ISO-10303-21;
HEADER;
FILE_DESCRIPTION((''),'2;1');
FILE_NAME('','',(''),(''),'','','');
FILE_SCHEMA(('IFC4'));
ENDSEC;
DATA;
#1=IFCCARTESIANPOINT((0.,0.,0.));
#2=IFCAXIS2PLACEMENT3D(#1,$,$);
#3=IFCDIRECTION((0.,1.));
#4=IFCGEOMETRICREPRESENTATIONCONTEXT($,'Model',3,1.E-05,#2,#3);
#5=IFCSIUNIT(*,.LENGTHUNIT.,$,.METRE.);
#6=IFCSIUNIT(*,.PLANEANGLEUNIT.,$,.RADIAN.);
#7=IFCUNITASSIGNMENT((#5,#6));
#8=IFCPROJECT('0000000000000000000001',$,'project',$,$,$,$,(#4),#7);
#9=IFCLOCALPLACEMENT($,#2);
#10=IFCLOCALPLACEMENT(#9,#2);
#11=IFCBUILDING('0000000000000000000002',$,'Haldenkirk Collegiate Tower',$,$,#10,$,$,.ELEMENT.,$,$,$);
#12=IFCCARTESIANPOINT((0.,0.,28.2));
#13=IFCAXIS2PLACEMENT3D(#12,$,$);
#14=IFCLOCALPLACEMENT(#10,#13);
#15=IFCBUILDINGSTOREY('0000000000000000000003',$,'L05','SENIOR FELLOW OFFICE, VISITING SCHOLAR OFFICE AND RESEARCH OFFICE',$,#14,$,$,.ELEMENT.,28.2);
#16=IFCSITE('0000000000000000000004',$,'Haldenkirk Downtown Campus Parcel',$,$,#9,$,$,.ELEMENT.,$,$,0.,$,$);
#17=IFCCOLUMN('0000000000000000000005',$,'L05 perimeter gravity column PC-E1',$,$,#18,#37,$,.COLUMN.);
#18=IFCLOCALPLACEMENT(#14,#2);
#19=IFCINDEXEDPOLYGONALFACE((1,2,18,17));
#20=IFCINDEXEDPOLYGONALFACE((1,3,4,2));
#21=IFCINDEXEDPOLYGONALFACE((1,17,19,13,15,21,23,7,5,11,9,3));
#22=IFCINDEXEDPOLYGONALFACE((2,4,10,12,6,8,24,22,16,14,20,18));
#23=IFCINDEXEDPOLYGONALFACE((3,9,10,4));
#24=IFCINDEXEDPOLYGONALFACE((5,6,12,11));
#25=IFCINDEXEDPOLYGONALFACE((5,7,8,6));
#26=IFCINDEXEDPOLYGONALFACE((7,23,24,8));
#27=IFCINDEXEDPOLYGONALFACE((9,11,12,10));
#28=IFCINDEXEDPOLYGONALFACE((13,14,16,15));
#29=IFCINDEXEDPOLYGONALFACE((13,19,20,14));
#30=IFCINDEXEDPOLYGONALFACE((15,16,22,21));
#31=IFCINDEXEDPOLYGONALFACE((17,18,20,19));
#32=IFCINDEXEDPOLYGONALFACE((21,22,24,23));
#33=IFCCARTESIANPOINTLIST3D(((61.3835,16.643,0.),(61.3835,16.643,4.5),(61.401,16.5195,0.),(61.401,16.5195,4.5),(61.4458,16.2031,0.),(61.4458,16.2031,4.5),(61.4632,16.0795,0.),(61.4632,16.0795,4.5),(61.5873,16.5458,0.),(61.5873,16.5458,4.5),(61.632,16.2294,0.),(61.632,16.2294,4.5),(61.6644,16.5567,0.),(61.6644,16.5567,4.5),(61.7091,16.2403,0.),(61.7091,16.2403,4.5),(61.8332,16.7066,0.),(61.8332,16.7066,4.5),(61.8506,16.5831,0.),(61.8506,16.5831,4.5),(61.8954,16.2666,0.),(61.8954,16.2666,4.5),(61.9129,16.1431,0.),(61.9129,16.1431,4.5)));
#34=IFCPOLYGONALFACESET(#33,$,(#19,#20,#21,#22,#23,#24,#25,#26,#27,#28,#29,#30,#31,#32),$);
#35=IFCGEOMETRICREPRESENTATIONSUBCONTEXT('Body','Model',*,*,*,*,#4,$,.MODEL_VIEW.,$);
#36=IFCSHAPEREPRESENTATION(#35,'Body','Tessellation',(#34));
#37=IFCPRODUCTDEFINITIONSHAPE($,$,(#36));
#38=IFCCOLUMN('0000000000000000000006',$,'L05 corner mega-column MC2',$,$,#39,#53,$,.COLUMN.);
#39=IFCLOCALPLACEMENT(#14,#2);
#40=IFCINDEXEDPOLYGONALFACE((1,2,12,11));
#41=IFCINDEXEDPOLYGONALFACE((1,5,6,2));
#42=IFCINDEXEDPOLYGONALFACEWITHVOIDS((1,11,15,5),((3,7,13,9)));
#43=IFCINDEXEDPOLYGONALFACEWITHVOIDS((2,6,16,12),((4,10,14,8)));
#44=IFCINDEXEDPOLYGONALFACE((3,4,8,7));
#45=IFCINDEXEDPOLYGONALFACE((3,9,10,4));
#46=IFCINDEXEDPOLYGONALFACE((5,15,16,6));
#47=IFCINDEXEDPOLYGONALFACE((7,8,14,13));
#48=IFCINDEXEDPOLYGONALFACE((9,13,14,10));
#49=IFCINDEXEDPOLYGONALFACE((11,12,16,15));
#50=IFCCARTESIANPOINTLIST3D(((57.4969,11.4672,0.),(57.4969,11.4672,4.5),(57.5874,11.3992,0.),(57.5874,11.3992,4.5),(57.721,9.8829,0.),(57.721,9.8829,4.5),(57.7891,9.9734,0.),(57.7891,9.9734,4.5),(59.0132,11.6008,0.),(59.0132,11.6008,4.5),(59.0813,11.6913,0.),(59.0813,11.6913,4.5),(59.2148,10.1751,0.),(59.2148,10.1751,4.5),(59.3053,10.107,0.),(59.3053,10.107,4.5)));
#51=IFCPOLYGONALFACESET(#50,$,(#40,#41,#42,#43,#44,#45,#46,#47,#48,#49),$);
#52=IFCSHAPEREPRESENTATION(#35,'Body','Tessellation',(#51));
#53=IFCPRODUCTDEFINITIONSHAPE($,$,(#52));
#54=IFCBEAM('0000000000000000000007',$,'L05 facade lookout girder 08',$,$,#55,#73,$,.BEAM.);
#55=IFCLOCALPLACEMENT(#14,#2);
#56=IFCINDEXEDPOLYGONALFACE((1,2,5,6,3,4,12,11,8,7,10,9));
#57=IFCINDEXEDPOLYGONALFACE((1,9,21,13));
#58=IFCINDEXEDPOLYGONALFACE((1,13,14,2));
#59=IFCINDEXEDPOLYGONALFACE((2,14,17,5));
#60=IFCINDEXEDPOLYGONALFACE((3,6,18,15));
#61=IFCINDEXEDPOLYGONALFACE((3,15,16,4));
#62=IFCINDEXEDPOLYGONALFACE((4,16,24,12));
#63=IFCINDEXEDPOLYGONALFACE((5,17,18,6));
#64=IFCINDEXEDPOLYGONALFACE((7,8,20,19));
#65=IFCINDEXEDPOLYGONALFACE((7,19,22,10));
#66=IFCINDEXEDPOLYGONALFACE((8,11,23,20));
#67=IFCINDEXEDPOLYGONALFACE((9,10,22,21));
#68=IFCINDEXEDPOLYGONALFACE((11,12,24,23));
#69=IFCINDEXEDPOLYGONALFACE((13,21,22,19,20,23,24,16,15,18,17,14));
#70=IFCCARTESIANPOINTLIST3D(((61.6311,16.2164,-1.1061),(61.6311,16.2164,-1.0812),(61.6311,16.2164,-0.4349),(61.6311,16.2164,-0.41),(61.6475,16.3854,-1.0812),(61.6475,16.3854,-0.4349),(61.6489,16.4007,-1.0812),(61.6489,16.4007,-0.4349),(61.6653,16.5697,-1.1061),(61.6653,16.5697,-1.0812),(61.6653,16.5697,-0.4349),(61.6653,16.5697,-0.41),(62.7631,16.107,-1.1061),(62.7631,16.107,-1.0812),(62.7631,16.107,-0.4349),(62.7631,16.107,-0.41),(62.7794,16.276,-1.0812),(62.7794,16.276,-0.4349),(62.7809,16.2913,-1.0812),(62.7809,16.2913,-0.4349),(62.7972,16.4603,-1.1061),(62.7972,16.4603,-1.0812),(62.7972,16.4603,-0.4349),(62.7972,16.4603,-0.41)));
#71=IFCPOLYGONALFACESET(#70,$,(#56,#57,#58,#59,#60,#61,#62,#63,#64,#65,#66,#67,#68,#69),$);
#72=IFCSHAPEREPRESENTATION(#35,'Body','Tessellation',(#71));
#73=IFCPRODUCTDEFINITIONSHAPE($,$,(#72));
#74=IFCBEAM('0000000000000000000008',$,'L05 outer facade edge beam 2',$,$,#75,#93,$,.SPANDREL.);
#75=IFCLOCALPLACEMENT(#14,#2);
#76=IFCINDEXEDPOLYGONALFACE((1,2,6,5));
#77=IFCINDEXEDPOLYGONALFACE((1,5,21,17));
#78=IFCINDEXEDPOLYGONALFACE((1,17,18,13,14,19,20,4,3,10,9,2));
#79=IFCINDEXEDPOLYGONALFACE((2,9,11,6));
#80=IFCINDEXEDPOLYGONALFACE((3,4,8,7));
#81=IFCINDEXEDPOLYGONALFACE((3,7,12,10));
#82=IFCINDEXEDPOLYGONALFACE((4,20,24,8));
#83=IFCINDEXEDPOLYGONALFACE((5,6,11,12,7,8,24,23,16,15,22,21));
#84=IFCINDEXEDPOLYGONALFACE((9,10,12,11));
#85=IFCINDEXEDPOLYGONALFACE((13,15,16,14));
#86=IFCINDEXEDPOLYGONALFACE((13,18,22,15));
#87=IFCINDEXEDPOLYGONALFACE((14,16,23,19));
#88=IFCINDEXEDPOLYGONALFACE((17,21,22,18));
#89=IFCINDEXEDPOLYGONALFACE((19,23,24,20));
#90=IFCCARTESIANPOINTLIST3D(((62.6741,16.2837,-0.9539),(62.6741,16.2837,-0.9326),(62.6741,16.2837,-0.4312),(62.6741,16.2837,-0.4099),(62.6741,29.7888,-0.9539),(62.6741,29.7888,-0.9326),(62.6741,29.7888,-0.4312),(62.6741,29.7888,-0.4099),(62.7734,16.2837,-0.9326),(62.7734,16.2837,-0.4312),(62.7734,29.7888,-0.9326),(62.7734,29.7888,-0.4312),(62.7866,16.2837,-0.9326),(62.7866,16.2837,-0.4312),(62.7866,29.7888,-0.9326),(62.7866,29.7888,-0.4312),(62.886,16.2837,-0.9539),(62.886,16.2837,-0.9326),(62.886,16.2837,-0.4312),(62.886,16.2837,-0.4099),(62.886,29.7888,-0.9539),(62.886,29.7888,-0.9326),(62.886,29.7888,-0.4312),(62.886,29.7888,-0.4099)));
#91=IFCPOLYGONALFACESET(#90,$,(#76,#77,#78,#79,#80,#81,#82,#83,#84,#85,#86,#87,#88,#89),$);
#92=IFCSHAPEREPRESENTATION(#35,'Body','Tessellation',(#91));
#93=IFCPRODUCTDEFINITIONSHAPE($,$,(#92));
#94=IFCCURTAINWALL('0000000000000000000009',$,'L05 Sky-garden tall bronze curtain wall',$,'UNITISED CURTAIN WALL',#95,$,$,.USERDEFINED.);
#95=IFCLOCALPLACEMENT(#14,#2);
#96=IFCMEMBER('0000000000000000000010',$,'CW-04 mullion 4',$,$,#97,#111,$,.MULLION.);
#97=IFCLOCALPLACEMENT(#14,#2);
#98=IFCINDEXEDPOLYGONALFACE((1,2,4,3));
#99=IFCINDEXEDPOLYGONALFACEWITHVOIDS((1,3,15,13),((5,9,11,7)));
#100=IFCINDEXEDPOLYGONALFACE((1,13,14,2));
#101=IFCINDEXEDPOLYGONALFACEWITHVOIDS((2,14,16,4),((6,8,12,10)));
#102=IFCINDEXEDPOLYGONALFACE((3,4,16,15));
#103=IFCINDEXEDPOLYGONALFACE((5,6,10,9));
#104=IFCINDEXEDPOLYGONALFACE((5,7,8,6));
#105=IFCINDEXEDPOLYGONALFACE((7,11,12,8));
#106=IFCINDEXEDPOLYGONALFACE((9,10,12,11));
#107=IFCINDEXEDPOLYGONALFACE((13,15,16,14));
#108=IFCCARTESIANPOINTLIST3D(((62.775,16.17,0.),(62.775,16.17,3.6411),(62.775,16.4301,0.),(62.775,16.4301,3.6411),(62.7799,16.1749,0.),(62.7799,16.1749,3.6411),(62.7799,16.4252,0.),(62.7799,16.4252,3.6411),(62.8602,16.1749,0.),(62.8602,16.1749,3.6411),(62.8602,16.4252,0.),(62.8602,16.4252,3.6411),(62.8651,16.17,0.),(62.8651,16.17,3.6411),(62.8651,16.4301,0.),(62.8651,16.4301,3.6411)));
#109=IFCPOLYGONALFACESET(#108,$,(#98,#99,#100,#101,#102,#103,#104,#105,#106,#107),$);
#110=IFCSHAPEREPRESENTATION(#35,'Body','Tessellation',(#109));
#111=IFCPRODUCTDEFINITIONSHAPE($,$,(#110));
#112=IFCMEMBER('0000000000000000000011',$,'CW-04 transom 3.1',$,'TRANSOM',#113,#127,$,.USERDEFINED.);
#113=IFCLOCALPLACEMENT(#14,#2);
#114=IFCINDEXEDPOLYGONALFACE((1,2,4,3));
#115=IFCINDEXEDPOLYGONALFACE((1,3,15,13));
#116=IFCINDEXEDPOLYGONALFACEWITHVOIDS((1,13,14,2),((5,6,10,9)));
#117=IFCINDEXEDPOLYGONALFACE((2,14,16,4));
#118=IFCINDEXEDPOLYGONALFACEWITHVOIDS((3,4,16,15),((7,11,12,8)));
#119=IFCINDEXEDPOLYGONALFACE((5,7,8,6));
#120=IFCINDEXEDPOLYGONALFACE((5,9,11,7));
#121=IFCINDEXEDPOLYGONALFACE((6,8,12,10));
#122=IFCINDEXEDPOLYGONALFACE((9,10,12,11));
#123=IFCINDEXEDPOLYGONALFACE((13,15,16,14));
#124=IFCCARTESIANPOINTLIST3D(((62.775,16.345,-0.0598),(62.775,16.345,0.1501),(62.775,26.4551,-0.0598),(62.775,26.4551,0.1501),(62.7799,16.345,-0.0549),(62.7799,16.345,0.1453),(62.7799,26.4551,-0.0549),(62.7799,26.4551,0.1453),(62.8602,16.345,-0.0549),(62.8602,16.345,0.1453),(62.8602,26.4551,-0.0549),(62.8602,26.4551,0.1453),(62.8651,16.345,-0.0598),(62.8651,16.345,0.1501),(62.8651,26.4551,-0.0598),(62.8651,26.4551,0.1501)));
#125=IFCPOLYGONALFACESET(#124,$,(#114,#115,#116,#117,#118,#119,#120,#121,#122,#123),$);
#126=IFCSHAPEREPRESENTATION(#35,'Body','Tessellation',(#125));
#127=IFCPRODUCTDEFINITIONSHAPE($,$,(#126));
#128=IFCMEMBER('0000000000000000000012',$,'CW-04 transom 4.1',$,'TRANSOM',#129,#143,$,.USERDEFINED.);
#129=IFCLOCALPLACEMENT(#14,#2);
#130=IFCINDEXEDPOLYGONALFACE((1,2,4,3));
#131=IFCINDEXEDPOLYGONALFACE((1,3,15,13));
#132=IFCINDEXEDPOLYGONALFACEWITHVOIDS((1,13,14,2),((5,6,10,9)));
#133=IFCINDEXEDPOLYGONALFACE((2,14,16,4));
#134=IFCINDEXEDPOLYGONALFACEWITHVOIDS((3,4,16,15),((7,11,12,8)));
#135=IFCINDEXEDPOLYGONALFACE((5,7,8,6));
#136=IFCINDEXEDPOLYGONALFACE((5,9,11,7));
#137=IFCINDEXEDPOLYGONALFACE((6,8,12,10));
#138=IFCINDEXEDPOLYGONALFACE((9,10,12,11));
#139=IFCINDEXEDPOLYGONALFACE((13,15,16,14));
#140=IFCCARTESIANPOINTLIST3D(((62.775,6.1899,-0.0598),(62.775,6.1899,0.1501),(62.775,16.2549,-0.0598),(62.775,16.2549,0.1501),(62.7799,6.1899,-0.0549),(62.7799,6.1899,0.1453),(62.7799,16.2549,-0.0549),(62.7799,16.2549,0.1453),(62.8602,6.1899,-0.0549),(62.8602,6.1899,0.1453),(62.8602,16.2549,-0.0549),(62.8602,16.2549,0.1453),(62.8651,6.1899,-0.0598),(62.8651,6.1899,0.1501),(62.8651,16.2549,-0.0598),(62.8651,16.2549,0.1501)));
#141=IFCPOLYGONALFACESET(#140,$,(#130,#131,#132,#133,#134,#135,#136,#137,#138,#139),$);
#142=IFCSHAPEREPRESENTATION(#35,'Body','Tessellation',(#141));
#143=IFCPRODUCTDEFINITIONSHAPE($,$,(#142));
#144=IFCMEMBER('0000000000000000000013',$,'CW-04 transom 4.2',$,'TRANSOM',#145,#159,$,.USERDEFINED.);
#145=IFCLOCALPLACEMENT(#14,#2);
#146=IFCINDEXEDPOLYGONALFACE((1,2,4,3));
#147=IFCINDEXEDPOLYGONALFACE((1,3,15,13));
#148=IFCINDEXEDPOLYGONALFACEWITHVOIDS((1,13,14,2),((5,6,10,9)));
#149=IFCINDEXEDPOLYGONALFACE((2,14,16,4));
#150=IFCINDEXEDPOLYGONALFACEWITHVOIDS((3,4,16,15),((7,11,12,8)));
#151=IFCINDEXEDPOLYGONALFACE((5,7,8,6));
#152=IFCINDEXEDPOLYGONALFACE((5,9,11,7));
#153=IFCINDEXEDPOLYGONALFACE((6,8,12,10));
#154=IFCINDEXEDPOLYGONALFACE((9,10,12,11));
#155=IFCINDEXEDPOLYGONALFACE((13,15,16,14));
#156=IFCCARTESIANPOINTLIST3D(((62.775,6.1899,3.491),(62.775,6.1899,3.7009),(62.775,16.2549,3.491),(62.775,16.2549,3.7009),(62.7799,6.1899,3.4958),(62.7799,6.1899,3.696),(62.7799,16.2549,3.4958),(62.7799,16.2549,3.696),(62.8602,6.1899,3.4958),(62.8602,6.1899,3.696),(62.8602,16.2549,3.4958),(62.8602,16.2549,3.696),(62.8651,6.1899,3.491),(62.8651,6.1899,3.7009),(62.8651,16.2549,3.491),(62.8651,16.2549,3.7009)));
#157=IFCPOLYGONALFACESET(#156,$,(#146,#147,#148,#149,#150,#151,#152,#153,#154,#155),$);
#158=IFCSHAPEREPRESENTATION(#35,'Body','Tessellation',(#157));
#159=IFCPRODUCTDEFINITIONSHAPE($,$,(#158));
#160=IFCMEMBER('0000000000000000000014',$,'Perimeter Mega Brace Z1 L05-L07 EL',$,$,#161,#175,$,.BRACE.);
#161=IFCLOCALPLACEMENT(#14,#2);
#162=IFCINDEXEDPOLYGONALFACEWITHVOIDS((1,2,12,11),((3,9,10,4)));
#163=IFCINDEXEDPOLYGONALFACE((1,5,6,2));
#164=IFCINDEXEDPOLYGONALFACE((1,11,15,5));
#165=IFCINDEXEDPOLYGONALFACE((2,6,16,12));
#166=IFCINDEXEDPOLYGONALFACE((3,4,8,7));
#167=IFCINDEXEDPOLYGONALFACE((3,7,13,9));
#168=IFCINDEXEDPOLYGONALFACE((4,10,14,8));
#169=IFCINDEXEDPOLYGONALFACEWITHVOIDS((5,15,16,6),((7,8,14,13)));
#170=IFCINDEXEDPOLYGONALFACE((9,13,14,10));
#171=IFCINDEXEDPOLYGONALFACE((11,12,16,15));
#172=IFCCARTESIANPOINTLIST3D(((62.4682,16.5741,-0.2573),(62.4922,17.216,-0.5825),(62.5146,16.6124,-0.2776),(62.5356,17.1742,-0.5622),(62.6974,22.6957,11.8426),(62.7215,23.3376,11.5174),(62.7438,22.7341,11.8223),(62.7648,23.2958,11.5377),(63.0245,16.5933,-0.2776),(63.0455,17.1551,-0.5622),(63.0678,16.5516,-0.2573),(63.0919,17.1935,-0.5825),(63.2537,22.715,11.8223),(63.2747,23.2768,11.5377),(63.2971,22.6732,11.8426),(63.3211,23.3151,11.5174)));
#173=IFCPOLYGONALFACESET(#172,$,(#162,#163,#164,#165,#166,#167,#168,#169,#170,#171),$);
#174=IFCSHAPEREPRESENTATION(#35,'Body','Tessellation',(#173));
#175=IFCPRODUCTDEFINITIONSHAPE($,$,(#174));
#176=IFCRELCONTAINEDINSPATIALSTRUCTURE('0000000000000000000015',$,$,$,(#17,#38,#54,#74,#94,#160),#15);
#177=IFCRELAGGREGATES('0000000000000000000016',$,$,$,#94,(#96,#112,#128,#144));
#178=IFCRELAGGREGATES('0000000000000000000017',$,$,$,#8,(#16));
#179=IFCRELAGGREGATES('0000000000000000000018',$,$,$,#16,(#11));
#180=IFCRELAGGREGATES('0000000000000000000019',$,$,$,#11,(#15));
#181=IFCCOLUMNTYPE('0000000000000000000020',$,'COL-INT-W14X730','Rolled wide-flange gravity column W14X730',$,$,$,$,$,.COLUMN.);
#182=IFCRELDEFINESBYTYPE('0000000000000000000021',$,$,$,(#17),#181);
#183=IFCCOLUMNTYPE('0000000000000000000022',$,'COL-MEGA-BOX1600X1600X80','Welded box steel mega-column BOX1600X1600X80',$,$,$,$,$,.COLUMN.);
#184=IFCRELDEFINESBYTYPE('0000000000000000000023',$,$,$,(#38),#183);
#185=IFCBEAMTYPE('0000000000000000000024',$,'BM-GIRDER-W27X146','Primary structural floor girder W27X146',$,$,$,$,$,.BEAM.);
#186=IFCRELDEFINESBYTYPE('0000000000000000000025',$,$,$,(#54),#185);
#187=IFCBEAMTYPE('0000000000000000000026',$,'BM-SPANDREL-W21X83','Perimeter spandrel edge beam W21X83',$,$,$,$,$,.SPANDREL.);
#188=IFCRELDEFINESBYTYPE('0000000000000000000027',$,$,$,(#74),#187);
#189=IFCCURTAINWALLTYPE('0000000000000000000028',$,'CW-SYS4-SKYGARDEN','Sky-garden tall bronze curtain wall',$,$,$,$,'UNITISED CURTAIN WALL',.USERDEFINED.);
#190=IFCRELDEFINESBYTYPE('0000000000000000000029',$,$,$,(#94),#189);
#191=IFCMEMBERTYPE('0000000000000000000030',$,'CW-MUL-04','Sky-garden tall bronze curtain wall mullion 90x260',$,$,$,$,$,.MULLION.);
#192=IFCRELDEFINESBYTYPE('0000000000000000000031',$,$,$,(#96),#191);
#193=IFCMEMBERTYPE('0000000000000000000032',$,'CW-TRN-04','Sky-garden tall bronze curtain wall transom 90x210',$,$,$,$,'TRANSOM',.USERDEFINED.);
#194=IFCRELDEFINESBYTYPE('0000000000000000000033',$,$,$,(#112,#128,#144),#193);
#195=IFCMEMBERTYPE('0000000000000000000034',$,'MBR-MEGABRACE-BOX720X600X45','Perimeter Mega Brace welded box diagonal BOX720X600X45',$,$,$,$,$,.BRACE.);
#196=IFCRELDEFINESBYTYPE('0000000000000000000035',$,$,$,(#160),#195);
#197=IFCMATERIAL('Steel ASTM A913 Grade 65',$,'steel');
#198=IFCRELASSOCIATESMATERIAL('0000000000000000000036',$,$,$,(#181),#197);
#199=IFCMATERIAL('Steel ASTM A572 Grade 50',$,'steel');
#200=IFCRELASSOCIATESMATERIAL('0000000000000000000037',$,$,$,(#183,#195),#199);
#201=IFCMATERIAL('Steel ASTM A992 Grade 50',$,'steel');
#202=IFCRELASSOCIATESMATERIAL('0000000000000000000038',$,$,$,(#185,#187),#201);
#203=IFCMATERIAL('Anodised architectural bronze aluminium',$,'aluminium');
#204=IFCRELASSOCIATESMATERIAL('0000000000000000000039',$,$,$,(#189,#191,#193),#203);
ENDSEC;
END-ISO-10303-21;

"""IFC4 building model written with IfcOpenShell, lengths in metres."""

from ifc_helpers import new_model, si_unit, direction, frame, origin, origin_2d, place, context, subcontext, project, spatial, hollow_rectangle, i_section, extrude, material, material_profile, profile_set, type_object, element, aggregate, save


model = new_model("IFC4")

# Units and contexts
model_context = context("Model", 3, precision=1e-05, world=origin(), true_north=direction((0.0, 1.0)))
body_context = subcontext(model_context, "Body", "Model", "MODEL_VIEW")
ifc_project = project(units=[si_unit("LENGTHUNIT", "METRE"), si_unit("PLANEANGLEUNIT", "RADIAN")], contexts=[model_context])

# Site, building, storey
site_placement = place(None, origin())
site = spatial("IfcSite", under=ifc_project, at=site_placement, Name="Haldenkirk Downtown Campus Parcel", CompositionType="ELEMENT", RefElevation=0.0)
building_placement = place(site_placement, origin())
building = spatial("IfcBuilding", under=site, at=building_placement, Name="Haldenkirk Collegiate Tower", CompositionType="ELEMENT")
storey_placement = place(building_placement, frame((0.0, 0.0, 28.2)))
storey = spatial("IfcBuildingStorey", under=building, at=storey_placement, Name="L05", Description="SENIOR FELLOW OFFICE, VISITING SCHOLAR OFFICE AND RESEARCH OFFICE", CompositionType="ELEMENT", Elevation=28.2)

# Columns
ifc_material_1 = material(Name="Steel ASTM A913 Grade 65", Category="steel")
ifc_material_profile_1 = material_profile(ifc_material_1, i_section(OverallWidth=0.4541, OverallDepth=0.5691, WebThickness=0.0779, FlangeThickness=0.1248, at=origin_2d()), Name="W14X730")
ifc_profile_set_1 = profile_set([ifc_material_profile_1], Name="Steel ASTM A913 Grade 65")
column_type_1 = type_object("IfcColumnType", Name="COL-INT-W14X730", Description="Rolled wide-flange gravity column W14X730", PredefinedType="COLUMN", material=ifc_profile_set_1)
column_1_placement = place(storey_placement, frame((61.6482, 16.3931, 0.0), z_axis=(0.0, 0.0, 1.0), x_axis=(0.990146, 0.140037, 0.0)))
element("IfcColumn", 1, at=column_1_placement, inside=storey, type_object=column_type_1, Name="L05 perimeter gravity column PC-E1", PredefinedType="COLUMN", context=body_context, shape_type="SweptSolid", body=[
    extrude(i_section(OverallWidth=0.4541, OverallDepth=0.5691, WebThickness=0.0779, FlangeThickness=0.1248, at=origin_2d()), origin(), (0.0, 0.0, 1.0), 4.5),
])
ifc_material_2 = material(Name="Steel ASTM A572 Grade 50", Category="steel")
ifc_material_profile_2 = material_profile(ifc_material_2, hollow_rectangle(XDim=1.6001, YDim=1.6001, WallThickness=0.0801, at=origin_2d()), Name="BOX1600X1600X80")
ifc_profile_set_2 = profile_set([ifc_material_profile_2], Name="Steel ASTM A572 Grade 50")
column_type_2 = type_object("IfcColumnType", Name="COL-MEGA-BOX1600X1600X80", Description="Welded box steel mega-column BOX1600X1600X80", PredefinedType="COLUMN", material=ifc_profile_set_2)
column_2_placement = place(storey_placement, frame((58.4011, 10.7871, 0.0), z_axis=(0.0, 0.0, 1.0), x_axis=(0.990146, 0.140037, 0.0)))
element("IfcColumn", 2, at=column_2_placement, inside=storey, type_object=column_type_2, Name="L05 corner mega-column MC2", PredefinedType="COLUMN", context=body_context, shape_type="SweptSolid", body=[
    extrude(hollow_rectangle(XDim=1.6001, YDim=1.6001, WallThickness=0.0801, at=origin_2d()), origin(), (0.0, 0.0, 1.0), 4.5),
])

# Beams
ifc_material_3 = material(Name="Steel ASTM A992 Grade 50", Category="steel")
ifc_material_profile_3 = material_profile(ifc_material_3, i_section(OverallWidth=0.355, OverallDepth=0.696, WebThickness=0.0154, FlangeThickness=0.0249, at=origin_2d()), Name="W27X146")
ifc_profile_set_3 = profile_set([ifc_material_profile_3], Name="Steel ASTM A992 Grade 50")
beam_type_1 = type_object("IfcBeamType", Name="BM-GIRDER-W27X146", Description="Primary structural floor girder W27X146", PredefinedType="BEAM", material=ifc_profile_set_3)
beam_1_placement = place(storey_placement, frame((61.6482, 16.3931, -0.7581), z_axis=(0.995363, -0.096187, 0.0), x_axis=(0.096187, 0.995363, 0.0)))
element("IfcBeam", 3, at=beam_1_placement, inside=storey, type_object=beam_type_1, Name="L05 facade lookout girder 08", PredefinedType="BEAM", context=body_context, shape_type="SweptSolid", body=[
    extrude(i_section(OverallWidth=0.355, OverallDepth=0.696, WebThickness=0.0154, FlangeThickness=0.0249, at=origin_2d()), origin(), (0.0, 0.0, 1.0), 1.1372),
])
ifc_material_profile_4 = material_profile(ifc_material_3, i_section(OverallWidth=0.2119, OverallDepth=0.5439, WebThickness=0.0132, FlangeThickness=0.0212, at=origin_2d()), Name="W21X83")
ifc_profile_set_4 = profile_set([ifc_material_profile_4], Name="Steel ASTM A992 Grade 50")
beam_type_2 = type_object("IfcBeamType", Name="BM-SPANDREL-W21X83", Description="Perimeter spandrel edge beam W21X83", PredefinedType="SPANDREL", material=ifc_profile_set_4)
beam_2_placement = place(storey_placement, frame((62.78, 16.2837, -0.6819), z_axis=(0.0, 1.0, 0.0), x_axis=(-1.0, 0.0, 0.0)))
element("IfcBeam", 4, at=beam_2_placement, inside=storey, type_object=beam_type_2, Name="L05 outer facade edge beam 2", PredefinedType="SPANDREL", context=body_context, shape_type="SweptSolid", body=[
    extrude(i_section(OverallWidth=0.2119, OverallDepth=0.5439, WebThickness=0.0132, FlangeThickness=0.0212, at=origin_2d()), origin(), (0.0, 0.0, 1.0), 13.5051),
])

# Curtain wall, members
ifc_material_4 = material(Name="Anodised architectural bronze aluminium", Category="aluminium")
curtain_wall_type = type_object("IfcCurtainWallType", Name="CW-SYS4-SKYGARDEN", Description="Sky-garden tall bronze curtain wall", ElementType="UNITISED CURTAIN WALL", PredefinedType="USERDEFINED", material=ifc_material_4)
curtain_wall_placement = place(storey_placement, origin())
curtain_wall = element("IfcCurtainWall", 5, at=curtain_wall_placement, inside=storey, type_object=curtain_wall_type, Name="L05 Sky-garden tall bronze curtain wall", ObjectType="UNITISED CURTAIN WALL", PredefinedType="USERDEFINED")
ifc_material_profile_5 = material_profile(ifc_material_4, hollow_rectangle(XDim=0.0901, YDim=0.26, WallThickness=0.0049, at=origin_2d()), Name="CW-MUL-04")
ifc_profile_set_5 = profile_set([ifc_material_profile_5], Name="Anodised architectural bronze aluminium")
member_type_1 = type_object("IfcMemberType", Name="CW-MUL-04", Description="Sky-garden tall bronze curtain wall mullion 90x260", PredefinedType="MULLION", material=ifc_profile_set_5)
member_1_placement = place(storey_placement, frame((62.8201, 16.3, 0.0), z_axis=(0.0, 0.0, 1.0), x_axis=(1.0, 0.0, 0.0)))
member_1 = element("IfcMember", 6, at=member_1_placement, type_object=member_type_1, Name="CW-04 mullion 4", PredefinedType="MULLION", context=body_context, shape_type="SweptSolid", body=[
    extrude(hollow_rectangle(XDim=0.0901, YDim=0.26, WallThickness=0.0049, at=origin_2d()), origin(), (0.0, 0.0, 1.0), 3.6411),
])
ifc_material_profile_6 = material_profile(ifc_material_4, hollow_rectangle(XDim=0.0901, YDim=0.21, WallThickness=0.0049, at=origin_2d()), Name="CW-TRN-04")
ifc_profile_set_6 = profile_set([ifc_material_profile_6], Name="Anodised architectural bronze aluminium")
member_type_2 = type_object("IfcMemberType", Name="CW-TRN-04", Description="Sky-garden tall bronze curtain wall transom 90x210", ElementType="TRANSOM", PredefinedType="USERDEFINED", material=ifc_profile_set_6)
member_2_placement = place(storey_placement, frame((62.8201, 26.4551, 0.0452), z_axis=(0.0, -1.0, 0.0), x_axis=(1.0, 0.0, 0.0)))
member_2 = element("IfcMember", 7, at=member_2_placement, type_object=member_type_2, Name="CW-04 transom 3.1", ObjectType="TRANSOM", PredefinedType="USERDEFINED", context=body_context, shape_type="SweptSolid", body=[
    extrude(hollow_rectangle(XDim=0.0901, YDim=0.21, WallThickness=0.0049, at=origin_2d()), origin(), (0.0, 0.0, 1.0), 10.1101),
])
member_3_placement = place(storey_placement, frame((62.8201, 16.2549, 0.0452), z_axis=(0.0, -1.0, 0.0), x_axis=(1.0, 0.0, 0.0)))
member_3 = element("IfcMember", 8, at=member_3_placement, type_object=member_type_2, Name="CW-04 transom 4.1", ObjectType="TRANSOM", PredefinedType="USERDEFINED", context=body_context, shape_type="SweptSolid", body=[
    extrude(hollow_rectangle(XDim=0.0901, YDim=0.21, WallThickness=0.0049, at=origin_2d()), origin(), (0.0, 0.0, 1.0), 10.0649),
])
member_4_placement = place(storey_placement, frame((62.8201, 16.2549, 3.5959), z_axis=(0.0, -1.0, 0.0), x_axis=(1.0, 0.0, 0.0)))
member_4 = element("IfcMember", 9, at=member_4_placement, type_object=member_type_2, Name="CW-04 transom 4.2", ObjectType="TRANSOM", PredefinedType="USERDEFINED", context=body_context, shape_type="SweptSolid", body=[
    extrude(hollow_rectangle(XDim=0.0901, YDim=0.21, WallThickness=0.0049, at=origin_2d()), origin(), (0.0, 0.0, 1.0), 10.0649),
])

# Member
ifc_material_profile_7 = material_profile(ifc_material_2, hollow_rectangle(XDim=0.6001, YDim=0.72, WallThickness=0.0449, at=origin_2d()), Name="BOX720X600X45")
ifc_profile_set_7 = profile_set([ifc_material_profile_7], Name="Steel ASTM A572 Grade 50")
member_type_3 = type_object("IfcMemberType", Name="MBR-MEGABRACE-BOX720X600X45", Description="Perimeter Mega Brace welded box diagonal BOX720X600X45", PredefinedType="BRACE", material=ifc_profile_set_7)
member_5_placement = place(storey_placement, frame((62.78, 16.8838, -0.4199), z_axis=(0.016903, 0.451371, 0.892176), x_axis=(-0.9993, 0.037423, 0.0)))
element("IfcMember", 10, at=member_5_placement, inside=storey, type_object=member_type_3, Name="Perimeter Mega Brace Z1 L05-L07 EL", PredefinedType="BRACE", context=body_context, shape_type="SweptSolid", body=[
    extrude(hollow_rectangle(XDim=0.6001, YDim=0.72, WallThickness=0.0449, at=origin_2d()), origin(), (0.0, 0.0, 1.0), 13.5623),
])

aggregate(curtain_wall, [member_1, member_2, member_3, member_4])

save(model, "model.ifc")
